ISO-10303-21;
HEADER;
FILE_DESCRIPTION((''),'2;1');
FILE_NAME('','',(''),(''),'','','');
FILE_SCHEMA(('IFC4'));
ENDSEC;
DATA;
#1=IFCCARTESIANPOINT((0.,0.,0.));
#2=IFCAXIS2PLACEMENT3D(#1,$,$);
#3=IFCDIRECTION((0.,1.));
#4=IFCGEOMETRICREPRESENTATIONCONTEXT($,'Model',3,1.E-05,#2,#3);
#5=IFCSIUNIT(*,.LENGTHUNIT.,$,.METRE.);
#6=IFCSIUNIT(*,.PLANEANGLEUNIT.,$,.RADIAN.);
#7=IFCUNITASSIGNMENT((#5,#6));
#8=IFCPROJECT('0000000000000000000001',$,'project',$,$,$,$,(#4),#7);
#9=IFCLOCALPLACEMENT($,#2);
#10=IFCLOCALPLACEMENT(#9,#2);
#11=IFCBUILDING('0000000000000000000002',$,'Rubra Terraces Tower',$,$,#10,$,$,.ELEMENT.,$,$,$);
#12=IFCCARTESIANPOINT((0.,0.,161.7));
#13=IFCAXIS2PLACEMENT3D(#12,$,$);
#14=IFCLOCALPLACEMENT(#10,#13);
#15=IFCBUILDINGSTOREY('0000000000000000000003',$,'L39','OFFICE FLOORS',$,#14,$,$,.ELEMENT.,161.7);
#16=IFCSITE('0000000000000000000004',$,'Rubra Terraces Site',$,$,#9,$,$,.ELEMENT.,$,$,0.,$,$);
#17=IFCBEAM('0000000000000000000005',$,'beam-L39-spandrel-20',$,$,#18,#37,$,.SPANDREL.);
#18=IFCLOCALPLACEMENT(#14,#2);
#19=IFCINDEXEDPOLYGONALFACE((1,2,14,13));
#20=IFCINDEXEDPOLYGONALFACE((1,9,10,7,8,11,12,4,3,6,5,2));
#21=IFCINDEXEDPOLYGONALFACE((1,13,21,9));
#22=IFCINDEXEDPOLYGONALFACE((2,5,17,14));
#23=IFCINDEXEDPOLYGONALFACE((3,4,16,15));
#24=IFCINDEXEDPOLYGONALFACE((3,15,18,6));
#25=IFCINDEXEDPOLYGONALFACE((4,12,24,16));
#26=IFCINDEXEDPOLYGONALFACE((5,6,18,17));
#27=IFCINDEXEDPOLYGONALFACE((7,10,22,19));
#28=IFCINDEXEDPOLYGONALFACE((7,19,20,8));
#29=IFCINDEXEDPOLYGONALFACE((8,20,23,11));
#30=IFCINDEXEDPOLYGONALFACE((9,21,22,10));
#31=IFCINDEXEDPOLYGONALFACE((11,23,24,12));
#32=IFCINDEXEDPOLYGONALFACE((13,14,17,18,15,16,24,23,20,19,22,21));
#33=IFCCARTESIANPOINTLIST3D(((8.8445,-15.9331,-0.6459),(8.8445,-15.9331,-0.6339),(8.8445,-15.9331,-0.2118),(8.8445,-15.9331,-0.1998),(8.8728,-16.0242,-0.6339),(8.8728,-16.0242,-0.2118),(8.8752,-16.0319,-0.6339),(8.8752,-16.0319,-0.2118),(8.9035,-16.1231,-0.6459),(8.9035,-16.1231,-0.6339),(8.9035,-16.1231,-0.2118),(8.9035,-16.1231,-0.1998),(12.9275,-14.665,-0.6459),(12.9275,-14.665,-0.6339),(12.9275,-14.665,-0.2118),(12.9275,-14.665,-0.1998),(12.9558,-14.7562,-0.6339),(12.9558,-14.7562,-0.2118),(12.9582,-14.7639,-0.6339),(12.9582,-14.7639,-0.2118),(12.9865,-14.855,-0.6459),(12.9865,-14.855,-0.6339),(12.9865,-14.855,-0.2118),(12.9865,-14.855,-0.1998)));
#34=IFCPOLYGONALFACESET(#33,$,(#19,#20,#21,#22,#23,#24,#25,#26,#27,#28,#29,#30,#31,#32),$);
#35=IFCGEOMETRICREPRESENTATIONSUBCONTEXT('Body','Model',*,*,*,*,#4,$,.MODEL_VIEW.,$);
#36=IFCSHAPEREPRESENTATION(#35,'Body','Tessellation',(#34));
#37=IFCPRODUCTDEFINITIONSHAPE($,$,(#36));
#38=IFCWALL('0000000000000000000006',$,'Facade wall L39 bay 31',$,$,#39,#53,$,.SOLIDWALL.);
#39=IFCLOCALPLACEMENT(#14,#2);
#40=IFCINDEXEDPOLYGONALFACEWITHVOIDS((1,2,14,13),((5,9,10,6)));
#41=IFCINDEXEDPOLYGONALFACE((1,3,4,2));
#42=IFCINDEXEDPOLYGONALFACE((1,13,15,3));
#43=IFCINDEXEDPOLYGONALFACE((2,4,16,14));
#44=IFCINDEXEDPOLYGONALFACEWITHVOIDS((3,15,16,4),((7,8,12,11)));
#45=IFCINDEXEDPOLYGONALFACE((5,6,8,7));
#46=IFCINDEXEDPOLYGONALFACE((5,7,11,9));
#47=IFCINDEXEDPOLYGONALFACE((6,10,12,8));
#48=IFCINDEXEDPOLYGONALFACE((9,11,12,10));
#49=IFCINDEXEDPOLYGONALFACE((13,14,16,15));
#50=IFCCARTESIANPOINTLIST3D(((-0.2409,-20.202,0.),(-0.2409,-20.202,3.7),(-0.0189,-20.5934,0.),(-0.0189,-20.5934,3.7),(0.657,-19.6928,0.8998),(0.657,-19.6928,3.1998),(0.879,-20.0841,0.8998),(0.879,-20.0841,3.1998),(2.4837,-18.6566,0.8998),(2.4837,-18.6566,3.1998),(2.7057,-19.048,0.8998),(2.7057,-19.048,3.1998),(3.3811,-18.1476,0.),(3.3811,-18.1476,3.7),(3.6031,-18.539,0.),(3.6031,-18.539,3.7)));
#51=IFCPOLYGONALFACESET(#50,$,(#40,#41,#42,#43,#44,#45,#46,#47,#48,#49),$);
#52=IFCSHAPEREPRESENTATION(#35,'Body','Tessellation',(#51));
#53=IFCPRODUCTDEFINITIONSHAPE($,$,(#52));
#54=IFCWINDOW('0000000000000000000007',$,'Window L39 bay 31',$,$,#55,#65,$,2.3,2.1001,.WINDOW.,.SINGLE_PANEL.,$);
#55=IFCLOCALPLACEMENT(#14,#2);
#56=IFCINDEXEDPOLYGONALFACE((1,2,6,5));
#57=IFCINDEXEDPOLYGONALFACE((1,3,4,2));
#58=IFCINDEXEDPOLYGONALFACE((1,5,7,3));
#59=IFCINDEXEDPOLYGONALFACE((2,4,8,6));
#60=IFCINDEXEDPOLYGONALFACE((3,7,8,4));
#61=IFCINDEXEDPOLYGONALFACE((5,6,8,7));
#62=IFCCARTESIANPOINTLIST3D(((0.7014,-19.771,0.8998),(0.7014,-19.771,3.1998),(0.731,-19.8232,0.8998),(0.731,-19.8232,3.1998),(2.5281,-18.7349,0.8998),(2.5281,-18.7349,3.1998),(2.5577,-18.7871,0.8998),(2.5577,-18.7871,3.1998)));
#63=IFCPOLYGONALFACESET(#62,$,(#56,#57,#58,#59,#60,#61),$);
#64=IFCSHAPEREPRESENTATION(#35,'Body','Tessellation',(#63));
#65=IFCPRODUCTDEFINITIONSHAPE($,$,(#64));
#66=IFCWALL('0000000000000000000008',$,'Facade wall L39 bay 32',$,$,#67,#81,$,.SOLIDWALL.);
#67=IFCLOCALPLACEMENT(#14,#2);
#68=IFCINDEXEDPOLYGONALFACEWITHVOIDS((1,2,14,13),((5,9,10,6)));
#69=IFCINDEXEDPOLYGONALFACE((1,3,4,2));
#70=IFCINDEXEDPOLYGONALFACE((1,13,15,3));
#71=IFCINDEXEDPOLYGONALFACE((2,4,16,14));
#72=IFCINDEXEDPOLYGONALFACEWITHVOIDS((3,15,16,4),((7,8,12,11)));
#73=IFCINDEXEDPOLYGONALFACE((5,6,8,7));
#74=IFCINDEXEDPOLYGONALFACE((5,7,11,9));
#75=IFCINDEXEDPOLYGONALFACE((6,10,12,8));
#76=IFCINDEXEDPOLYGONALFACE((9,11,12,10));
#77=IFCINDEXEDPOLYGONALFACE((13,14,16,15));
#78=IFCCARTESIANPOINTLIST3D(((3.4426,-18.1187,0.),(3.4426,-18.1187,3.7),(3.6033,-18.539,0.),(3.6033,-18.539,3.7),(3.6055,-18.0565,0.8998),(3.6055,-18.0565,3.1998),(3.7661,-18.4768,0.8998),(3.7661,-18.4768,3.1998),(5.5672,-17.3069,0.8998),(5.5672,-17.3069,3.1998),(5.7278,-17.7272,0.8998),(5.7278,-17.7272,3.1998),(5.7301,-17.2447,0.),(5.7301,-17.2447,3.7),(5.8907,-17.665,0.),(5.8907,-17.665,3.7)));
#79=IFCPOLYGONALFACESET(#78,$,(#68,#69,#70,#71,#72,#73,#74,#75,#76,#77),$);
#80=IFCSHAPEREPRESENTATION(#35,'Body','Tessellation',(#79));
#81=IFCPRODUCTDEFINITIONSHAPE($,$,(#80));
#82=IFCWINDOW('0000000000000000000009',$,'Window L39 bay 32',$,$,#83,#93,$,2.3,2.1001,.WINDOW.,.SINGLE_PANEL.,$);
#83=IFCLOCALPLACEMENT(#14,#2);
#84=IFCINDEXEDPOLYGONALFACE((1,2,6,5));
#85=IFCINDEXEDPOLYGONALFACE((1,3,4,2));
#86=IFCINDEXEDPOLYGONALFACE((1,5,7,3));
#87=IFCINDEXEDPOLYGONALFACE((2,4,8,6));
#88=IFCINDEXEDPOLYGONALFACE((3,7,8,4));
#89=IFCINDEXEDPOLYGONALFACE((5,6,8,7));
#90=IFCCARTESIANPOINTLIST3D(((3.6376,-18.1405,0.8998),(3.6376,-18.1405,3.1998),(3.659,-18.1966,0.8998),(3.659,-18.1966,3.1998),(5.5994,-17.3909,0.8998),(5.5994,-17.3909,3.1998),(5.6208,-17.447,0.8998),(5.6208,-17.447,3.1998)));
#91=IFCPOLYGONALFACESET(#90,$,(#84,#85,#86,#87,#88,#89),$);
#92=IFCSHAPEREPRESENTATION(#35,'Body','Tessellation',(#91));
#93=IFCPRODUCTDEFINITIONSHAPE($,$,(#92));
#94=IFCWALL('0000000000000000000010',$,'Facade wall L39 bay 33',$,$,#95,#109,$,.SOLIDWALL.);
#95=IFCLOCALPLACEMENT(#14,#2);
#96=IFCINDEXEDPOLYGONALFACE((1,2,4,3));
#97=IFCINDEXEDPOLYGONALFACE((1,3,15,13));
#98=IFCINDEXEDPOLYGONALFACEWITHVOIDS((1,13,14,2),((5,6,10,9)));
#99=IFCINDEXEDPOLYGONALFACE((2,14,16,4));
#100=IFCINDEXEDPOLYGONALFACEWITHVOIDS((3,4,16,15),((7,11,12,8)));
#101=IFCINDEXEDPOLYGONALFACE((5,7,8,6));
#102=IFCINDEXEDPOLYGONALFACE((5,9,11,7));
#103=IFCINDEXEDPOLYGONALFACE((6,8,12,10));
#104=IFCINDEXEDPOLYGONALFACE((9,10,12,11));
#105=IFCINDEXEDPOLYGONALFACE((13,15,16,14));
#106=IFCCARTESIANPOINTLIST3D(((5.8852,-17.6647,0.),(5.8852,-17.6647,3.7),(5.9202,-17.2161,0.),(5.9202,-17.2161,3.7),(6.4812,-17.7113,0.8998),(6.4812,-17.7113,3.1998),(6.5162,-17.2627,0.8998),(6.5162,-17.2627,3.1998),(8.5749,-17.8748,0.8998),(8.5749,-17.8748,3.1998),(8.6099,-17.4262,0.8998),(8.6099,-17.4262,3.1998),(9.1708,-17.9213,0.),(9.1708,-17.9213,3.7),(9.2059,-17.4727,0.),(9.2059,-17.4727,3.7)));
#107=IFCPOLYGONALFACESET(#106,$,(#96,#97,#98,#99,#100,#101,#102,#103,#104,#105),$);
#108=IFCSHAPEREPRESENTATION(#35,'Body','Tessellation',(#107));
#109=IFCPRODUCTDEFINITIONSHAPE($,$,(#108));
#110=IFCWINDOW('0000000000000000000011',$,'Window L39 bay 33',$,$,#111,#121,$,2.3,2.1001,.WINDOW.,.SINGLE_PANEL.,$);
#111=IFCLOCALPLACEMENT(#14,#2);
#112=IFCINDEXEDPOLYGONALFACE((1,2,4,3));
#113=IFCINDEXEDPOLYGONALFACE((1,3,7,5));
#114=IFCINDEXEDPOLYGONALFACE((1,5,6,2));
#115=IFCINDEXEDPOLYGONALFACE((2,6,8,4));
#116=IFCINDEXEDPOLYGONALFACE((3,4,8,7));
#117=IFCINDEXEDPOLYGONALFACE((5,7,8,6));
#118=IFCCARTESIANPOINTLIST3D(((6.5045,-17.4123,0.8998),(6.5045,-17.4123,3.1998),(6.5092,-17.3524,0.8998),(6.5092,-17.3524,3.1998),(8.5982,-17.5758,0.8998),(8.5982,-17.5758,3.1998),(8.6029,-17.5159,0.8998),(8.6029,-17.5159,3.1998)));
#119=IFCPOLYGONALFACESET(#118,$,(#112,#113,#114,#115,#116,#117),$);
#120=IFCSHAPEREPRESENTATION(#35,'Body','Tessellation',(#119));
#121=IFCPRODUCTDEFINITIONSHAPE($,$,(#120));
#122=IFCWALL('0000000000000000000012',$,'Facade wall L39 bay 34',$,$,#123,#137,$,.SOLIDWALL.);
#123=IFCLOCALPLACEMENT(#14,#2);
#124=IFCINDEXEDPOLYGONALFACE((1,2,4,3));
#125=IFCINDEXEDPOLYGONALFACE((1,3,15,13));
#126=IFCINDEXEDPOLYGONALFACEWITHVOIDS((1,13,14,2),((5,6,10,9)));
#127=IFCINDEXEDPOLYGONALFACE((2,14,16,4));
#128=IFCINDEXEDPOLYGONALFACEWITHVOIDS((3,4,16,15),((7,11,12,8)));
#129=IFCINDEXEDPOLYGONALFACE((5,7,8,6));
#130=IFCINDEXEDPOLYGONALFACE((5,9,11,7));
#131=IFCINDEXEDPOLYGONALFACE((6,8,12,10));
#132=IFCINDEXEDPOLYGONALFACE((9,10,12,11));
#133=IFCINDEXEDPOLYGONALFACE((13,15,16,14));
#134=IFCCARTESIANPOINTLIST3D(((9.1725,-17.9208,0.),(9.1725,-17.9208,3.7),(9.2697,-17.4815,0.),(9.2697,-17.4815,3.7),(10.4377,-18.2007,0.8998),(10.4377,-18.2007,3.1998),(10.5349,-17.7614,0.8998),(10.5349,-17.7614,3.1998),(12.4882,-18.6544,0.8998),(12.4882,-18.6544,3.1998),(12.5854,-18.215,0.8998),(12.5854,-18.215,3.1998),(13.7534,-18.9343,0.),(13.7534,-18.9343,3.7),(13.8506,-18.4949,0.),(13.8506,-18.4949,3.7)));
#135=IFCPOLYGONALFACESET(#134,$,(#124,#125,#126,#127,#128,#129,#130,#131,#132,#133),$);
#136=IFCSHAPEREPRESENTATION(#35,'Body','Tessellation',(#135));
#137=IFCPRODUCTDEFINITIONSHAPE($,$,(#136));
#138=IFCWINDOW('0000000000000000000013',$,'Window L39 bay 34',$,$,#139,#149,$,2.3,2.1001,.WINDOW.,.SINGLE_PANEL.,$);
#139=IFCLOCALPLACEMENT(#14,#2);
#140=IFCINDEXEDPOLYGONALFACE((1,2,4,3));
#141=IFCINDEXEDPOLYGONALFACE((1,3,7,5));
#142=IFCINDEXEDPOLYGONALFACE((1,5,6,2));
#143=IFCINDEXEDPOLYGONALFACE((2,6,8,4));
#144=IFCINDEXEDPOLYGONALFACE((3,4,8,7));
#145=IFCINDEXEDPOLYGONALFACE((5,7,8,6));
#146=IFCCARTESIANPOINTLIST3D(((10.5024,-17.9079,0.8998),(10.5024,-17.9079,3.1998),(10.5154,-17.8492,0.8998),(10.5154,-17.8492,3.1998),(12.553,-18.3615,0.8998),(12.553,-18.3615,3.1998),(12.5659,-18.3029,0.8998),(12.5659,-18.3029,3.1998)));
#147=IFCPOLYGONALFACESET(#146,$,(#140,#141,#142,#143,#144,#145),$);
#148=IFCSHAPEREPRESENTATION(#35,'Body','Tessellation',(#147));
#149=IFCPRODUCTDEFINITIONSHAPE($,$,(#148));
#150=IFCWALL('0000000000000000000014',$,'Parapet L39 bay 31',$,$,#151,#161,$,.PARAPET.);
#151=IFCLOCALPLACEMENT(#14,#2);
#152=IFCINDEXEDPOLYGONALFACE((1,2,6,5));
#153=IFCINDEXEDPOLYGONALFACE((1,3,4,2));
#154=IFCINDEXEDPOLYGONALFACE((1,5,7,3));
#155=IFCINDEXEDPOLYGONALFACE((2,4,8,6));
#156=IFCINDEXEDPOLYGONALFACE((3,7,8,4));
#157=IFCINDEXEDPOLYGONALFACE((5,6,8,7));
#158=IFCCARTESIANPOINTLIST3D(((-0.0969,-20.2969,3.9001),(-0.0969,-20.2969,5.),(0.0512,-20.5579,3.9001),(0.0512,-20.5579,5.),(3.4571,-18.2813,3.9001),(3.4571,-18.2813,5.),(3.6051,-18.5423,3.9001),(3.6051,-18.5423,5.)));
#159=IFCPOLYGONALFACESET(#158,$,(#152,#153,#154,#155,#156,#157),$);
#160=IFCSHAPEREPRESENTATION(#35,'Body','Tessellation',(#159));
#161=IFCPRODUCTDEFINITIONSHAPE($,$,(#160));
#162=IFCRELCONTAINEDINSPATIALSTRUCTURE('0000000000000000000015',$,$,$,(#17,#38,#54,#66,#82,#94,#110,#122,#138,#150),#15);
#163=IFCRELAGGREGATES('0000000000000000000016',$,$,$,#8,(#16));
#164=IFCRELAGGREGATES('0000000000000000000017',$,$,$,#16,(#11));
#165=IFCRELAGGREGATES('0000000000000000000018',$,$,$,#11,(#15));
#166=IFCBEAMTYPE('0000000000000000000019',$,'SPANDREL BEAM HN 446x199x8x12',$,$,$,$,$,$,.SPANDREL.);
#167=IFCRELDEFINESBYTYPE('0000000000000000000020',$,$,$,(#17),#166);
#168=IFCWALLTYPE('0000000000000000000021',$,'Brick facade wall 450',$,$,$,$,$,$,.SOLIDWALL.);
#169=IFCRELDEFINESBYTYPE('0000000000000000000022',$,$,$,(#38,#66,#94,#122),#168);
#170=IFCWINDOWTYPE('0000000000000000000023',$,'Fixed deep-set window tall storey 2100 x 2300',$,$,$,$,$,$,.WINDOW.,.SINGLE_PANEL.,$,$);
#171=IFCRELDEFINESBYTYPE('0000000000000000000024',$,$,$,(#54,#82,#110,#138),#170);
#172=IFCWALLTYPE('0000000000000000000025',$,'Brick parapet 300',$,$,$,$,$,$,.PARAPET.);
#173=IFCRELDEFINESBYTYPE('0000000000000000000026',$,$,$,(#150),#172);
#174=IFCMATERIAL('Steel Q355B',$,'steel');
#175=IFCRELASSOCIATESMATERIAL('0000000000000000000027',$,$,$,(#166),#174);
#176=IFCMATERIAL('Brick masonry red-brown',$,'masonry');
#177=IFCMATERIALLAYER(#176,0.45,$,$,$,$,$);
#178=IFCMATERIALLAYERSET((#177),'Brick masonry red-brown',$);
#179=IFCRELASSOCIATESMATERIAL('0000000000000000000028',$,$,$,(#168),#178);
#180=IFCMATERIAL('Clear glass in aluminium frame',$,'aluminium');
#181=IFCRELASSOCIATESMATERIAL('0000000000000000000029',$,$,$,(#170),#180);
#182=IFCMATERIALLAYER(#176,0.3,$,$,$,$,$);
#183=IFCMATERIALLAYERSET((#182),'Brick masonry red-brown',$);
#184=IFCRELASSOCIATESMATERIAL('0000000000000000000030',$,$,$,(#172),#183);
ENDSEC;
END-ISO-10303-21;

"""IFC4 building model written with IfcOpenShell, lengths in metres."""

from ifc_helpers import new_model, si_unit, direction, frame, frame_2d, origin, origin_2d, place, context, subcontext, project, spatial, rectangle, i_section, extrude, material, layer, layer_set, material_profile, profile_set, type_object, element, fill, save


model = new_model("IFC4")

# Units and contexts
model_context = context("Model", 3, precision=1e-05, world=origin(), true_north=direction((0.0, 1.0)))
body_context = subcontext(model_context, "Body", "Model", "MODEL_VIEW")
ifc_project = project(units=[si_unit("LENGTHUNIT", "METRE"), si_unit("PLANEANGLEUNIT", "RADIAN")], contexts=[model_context])

# Site, building, storey
site_placement = place(None, origin())
site = spatial("IfcSite", under=ifc_project, at=site_placement, Name="Rubra Terraces Site", CompositionType="ELEMENT", RefElevation=0.0)
building_placement = place(site_placement, origin())
building = spatial("IfcBuilding", under=site, at=building_placement, Name="Rubra Terraces Tower", CompositionType="ELEMENT")
storey_placement = place(building_placement, frame((0.0, 0.0, 161.7)))
storey = spatial("IfcBuildingStorey", under=building, at=storey_placement, Name="L39", Description="OFFICE FLOORS", CompositionType="ELEMENT", Elevation=161.7)

# Beam
ifc_material_1 = material(Name="Steel Q355B", Category="steel")
ifc_material_profile_1 = material_profile(ifc_material_1, i_section(OverallWidth=0.199, OverallDepth=0.446, WebThickness=0.0081, FlangeThickness=0.012, at=origin_2d()), Name="HN 446x199x8x12")
ifc_profile_set_1 = profile_set([ifc_material_profile_1], Name="Steel Q355B")
beam_type_1 = type_object("IfcBeamType", Name="SPANDREL BEAM HN 446x199x8x12", PredefinedType="SPANDREL", material=ifc_profile_set_1)
beam_1_placement = place(storey_placement, frame((8.874, -16.0281, -0.4229), z_axis=(0.955003, 0.296597, 0.0), x_axis=(-0.296597, 0.955003, 0.0)))
element("IfcBeam", 1, at=beam_1_placement, inside=storey, type_object=beam_type_1, Name="beam-L39-spandrel-20", PredefinedType="SPANDREL", context=body_context, shape_type="SweptSolid", body=[
    extrude(i_section(OverallWidth=0.199, OverallDepth=0.446, WebThickness=0.0081, FlangeThickness=0.012, at=origin_2d()), origin(), (0.0, 0.0, 1.0), 4.2754),
])

# Walls, openings, windows
ifc_material_2 = material(Name="Brick masonry red-brown", Category="masonry")
ifc_layer_1 = layer(ifc_material_2, 0.45)
ifc_layer_set_1 = layer_set([ifc_layer_1], Name="Brick masonry red-brown")
wall_type_1 = type_object("IfcWallType", Name="Brick facade wall 450", PredefinedType="SOLIDWALL", material=ifc_layer_set_1)
wall_1_placement = place(storey_placement, frame((-0.1299, -20.3977, 0.0), z_axis=(0.0, 0.0, 1.0), x_axis=(0.869823, 0.493365, 0.0)))
wall_1 = element("IfcWall", 2, at=wall_1_placement, inside=storey, type_object=wall_type_1, Name="Facade wall L39 bay 31", PredefinedType="SOLIDWALL", context=body_context, shape_type="SweptSolid", body=[
    extrude(rectangle(XDim=4.1641, YDim=0.45, at=frame_2d((2.082, 0.0))), origin(), (0.0, 0.0, 1.0), 3.7),
])
opening_1_placement = place(wall_1_placement, frame((1.0322, 0.0, 0.8999)))
opening_1 = element("IfcOpeningElement", 3, at=opening_1_placement, cuts=wall_1, PredefinedType="OPENING", context=body_context, shape_type="SweptSolid", body=[
    extrude(rectangle(XDim=2.1001, YDim=2.3, at=frame_2d((1.05, 1.1499))), frame((0.0, 0.2349, 0.0), z_axis=(0.0, -1.0, 0.0), x_axis=(1.0, 0.0, 0.0)), (0.0, 0.0, 1.0), 0.47),
])
ifc_material_3 = material(Name="Clear glass in aluminium frame", Category="aluminium")
window_type = type_object("IfcWindowType", Name="Fixed deep-set window tall storey 2100 x 2300", PartitioningType="SINGLE_PANEL", PredefinedType="WINDOW", material=ifc_material_3)
window_1_placement = place(opening_1_placement, origin())
window_1 = element("IfcWindow", 4, at=window_1_placement, inside=storey, type_object=window_type, Name="Window L39 bay 31", OverallHeight=2.3, OverallWidth=2.1001, PartitioningType="SINGLE_PANEL", PredefinedType="WINDOW", context=body_context, shape_type="SweptSolid", body=[
    extrude(rectangle(XDim=2.1001, YDim=2.3, at=frame_2d((1.05, 1.1499))), frame((0.0, 0.135, 0.0), z_axis=(0.0, -1.0, 0.0), x_axis=(1.0, 0.0, 0.0)), (0.0, 0.0, 1.0), 0.0601),
])
fill(opening_1, window_1)
wall_2_placement = place(storey_placement, frame((3.5229, -18.3289, 0.0), z_axis=(0.0, 0.0, 1.0), x_axis=(0.934127, 0.35694, 0.0)))
wall_2 = element("IfcWall", 5, at=wall_2_placement, inside=storey, type_object=wall_type_1, Name="Facade wall L39 bay 32", PredefinedType="SOLIDWALL", context=body_context, shape_type="SweptSolid", body=[
    extrude(rectangle(XDim=2.4487, YDim=0.45, at=frame_2d((1.2244, 0.0))), origin(), (0.0, 0.0, 1.0), 3.7),
])
opening_2_placement = place(wall_2_placement, frame((0.1743, 0.0, 0.8999)))
opening_2 = element("IfcOpeningElement", 6, at=opening_2_placement, cuts=wall_2, PredefinedType="OPENING", context=body_context, shape_type="SweptSolid", body=[
    extrude(rectangle(XDim=2.1001, YDim=2.3, at=frame_2d((1.05, 1.1499))), frame((0.0, 0.2349, 0.0), z_axis=(0.0, -1.0, 0.0), x_axis=(1.0, 0.0, 0.0)), (0.0, 0.0, 1.0), 0.47),
])
window_2_placement = place(opening_2_placement, origin())
window_2 = element("IfcWindow", 7, at=window_2_placement, inside=storey, type_object=window_type, Name="Window L39 bay 32", OverallHeight=2.3, OverallWidth=2.1001, PartitioningType="SINGLE_PANEL", PredefinedType="WINDOW", context=body_context, shape_type="SweptSolid", body=[
    extrude(rectangle(XDim=2.1001, YDim=2.3, at=frame_2d((1.05, 1.1499))), frame((0.0, 0.135, 0.0), z_axis=(0.0, -1.0, 0.0), x_axis=(1.0, 0.0, 0.0)), (0.0, 0.0, 1.0), 0.0601),
])
fill(opening_2, window_2)
wall_3_placement = place(storey_placement, frame((5.9026, -17.4404, 0.0), z_axis=(0.0, 0.0, 1.0), x_axis=(0.996964, -0.077858, 0.0)))
wall_3 = element("IfcWall", 8, at=wall_3_placement, inside=storey, type_object=wall_type_1, Name="Facade wall L39 bay 33", PredefinedType="SOLIDWALL", context=body_context, shape_type="SweptSolid", body=[
    extrude(rectangle(XDim=3.2957, YDim=0.45, at=frame_2d((1.6479, 0.0))), origin(), (0.0, 0.0, 1.0), 3.7),
])
opening_3_placement = place(wall_3_placement, frame((0.5979, 0.0, 0.8999)))
opening_3 = element("IfcOpeningElement", 9, at=opening_3_placement, cuts=wall_3, PredefinedType="OPENING", context=body_context, shape_type="SweptSolid", body=[
    extrude(rectangle(XDim=2.1001, YDim=2.3, at=frame_2d((1.05, 1.1499))), frame((0.0, 0.2349, 0.0), z_axis=(0.0, -1.0, 0.0), x_axis=(1.0, 0.0, 0.0)), (0.0, 0.0, 1.0), 0.47),
])
window_3_placement = place(opening_3_placement, origin())
window_3 = element("IfcWindow", 10, at=window_3_placement, inside=storey, type_object=window_type, Name="Window L39 bay 33", OverallHeight=2.3, OverallWidth=2.1001, PartitioningType="SINGLE_PANEL", PredefinedType="WINDOW", context=body_context, shape_type="SweptSolid", body=[
    extrude(rectangle(XDim=2.1001, YDim=2.3, at=frame_2d((1.05, 1.1499))), frame((0.0, 0.135, 0.0), z_axis=(0.0, -1.0, 0.0), x_axis=(1.0, 0.0, 0.0)), (0.0, 0.0, 1.0), 0.0601),
])
fill(opening_3, window_3)
wall_4_placement = place(storey_placement, frame((9.2212, -17.7012, 0.0), z_axis=(0.0, 0.0, 1.0), x_axis=(0.976391, -0.21601, 0.0)))
wall_4 = element("IfcWall", 11, at=wall_4_placement, inside=storey, type_object=wall_type_1, Name="Facade wall L39 bay 34", PredefinedType="SOLIDWALL", context=body_context, shape_type="SweptSolid", body=[
    extrude(rectangle(XDim=4.6917, YDim=0.45, at=frame_2d((2.3457, 0.0))), origin(), (0.0, 0.0, 1.0), 3.7),
])
opening_4_placement = place(wall_4_placement, frame((1.2957, 0.0, 0.8999)))
opening_4 = element("IfcOpeningElement", 12, at=opening_4_placement, cuts=wall_4, PredefinedType="OPENING", context=body_context, shape_type="SweptSolid", body=[
    extrude(rectangle(XDim=2.1001, YDim=2.3, at=frame_2d((1.05, 1.1499))), frame((0.0, 0.2349, 0.0), z_axis=(0.0, -1.0, 0.0), x_axis=(1.0, 0.0, 0.0)), (0.0, 0.0, 1.0), 0.47),
])
window_4_placement = place(opening_4_placement, origin())
window_4 = element("IfcWindow", 13, at=window_4_placement, inside=storey, type_object=window_type, Name="Window L39 bay 34", OverallHeight=2.3, OverallWidth=2.1001, PartitioningType="SINGLE_PANEL", PredefinedType="WINDOW", context=body_context, shape_type="SweptSolid", body=[
    extrude(rectangle(XDim=2.1001, YDim=2.3, at=frame_2d((1.05, 1.1499))), frame((0.0, 0.135, 0.0), z_axis=(0.0, -1.0, 0.0), x_axis=(1.0, 0.0, 0.0)), (0.0, 0.0, 1.0), 0.0601),
])
fill(opening_4, window_4)

# Wall
ifc_layer_2 = layer(ifc_material_2, 0.3)
ifc_layer_set_2 = layer_set([ifc_layer_2], Name="Brick masonry red-brown")
wall_type_2 = type_object("IfcWallType", Name="Brick parapet 300", PredefinedType="PARAPET", material=ifc_layer_set_2)
wall_5_placement = place(storey_placement, frame((-0.0229, -20.4275, 3.9001), z_axis=(0.0, 0.0, 1.0), x_axis=(0.869842, 0.493331, 0.0)))
element("IfcWall", 14, at=wall_5_placement, inside=storey, type_object=wall_type_2, Name="Parapet L39 bay 31", PredefinedType="PARAPET", context=body_context, shape_type="SweptSolid", body=[
    extrude(rectangle(XDim=4.0857, YDim=0.3, at=frame_2d((2.043, 0.0))), origin(), (0.0, 0.0, 1.0), 1.0999),
])

save(model, "model.ifc")
